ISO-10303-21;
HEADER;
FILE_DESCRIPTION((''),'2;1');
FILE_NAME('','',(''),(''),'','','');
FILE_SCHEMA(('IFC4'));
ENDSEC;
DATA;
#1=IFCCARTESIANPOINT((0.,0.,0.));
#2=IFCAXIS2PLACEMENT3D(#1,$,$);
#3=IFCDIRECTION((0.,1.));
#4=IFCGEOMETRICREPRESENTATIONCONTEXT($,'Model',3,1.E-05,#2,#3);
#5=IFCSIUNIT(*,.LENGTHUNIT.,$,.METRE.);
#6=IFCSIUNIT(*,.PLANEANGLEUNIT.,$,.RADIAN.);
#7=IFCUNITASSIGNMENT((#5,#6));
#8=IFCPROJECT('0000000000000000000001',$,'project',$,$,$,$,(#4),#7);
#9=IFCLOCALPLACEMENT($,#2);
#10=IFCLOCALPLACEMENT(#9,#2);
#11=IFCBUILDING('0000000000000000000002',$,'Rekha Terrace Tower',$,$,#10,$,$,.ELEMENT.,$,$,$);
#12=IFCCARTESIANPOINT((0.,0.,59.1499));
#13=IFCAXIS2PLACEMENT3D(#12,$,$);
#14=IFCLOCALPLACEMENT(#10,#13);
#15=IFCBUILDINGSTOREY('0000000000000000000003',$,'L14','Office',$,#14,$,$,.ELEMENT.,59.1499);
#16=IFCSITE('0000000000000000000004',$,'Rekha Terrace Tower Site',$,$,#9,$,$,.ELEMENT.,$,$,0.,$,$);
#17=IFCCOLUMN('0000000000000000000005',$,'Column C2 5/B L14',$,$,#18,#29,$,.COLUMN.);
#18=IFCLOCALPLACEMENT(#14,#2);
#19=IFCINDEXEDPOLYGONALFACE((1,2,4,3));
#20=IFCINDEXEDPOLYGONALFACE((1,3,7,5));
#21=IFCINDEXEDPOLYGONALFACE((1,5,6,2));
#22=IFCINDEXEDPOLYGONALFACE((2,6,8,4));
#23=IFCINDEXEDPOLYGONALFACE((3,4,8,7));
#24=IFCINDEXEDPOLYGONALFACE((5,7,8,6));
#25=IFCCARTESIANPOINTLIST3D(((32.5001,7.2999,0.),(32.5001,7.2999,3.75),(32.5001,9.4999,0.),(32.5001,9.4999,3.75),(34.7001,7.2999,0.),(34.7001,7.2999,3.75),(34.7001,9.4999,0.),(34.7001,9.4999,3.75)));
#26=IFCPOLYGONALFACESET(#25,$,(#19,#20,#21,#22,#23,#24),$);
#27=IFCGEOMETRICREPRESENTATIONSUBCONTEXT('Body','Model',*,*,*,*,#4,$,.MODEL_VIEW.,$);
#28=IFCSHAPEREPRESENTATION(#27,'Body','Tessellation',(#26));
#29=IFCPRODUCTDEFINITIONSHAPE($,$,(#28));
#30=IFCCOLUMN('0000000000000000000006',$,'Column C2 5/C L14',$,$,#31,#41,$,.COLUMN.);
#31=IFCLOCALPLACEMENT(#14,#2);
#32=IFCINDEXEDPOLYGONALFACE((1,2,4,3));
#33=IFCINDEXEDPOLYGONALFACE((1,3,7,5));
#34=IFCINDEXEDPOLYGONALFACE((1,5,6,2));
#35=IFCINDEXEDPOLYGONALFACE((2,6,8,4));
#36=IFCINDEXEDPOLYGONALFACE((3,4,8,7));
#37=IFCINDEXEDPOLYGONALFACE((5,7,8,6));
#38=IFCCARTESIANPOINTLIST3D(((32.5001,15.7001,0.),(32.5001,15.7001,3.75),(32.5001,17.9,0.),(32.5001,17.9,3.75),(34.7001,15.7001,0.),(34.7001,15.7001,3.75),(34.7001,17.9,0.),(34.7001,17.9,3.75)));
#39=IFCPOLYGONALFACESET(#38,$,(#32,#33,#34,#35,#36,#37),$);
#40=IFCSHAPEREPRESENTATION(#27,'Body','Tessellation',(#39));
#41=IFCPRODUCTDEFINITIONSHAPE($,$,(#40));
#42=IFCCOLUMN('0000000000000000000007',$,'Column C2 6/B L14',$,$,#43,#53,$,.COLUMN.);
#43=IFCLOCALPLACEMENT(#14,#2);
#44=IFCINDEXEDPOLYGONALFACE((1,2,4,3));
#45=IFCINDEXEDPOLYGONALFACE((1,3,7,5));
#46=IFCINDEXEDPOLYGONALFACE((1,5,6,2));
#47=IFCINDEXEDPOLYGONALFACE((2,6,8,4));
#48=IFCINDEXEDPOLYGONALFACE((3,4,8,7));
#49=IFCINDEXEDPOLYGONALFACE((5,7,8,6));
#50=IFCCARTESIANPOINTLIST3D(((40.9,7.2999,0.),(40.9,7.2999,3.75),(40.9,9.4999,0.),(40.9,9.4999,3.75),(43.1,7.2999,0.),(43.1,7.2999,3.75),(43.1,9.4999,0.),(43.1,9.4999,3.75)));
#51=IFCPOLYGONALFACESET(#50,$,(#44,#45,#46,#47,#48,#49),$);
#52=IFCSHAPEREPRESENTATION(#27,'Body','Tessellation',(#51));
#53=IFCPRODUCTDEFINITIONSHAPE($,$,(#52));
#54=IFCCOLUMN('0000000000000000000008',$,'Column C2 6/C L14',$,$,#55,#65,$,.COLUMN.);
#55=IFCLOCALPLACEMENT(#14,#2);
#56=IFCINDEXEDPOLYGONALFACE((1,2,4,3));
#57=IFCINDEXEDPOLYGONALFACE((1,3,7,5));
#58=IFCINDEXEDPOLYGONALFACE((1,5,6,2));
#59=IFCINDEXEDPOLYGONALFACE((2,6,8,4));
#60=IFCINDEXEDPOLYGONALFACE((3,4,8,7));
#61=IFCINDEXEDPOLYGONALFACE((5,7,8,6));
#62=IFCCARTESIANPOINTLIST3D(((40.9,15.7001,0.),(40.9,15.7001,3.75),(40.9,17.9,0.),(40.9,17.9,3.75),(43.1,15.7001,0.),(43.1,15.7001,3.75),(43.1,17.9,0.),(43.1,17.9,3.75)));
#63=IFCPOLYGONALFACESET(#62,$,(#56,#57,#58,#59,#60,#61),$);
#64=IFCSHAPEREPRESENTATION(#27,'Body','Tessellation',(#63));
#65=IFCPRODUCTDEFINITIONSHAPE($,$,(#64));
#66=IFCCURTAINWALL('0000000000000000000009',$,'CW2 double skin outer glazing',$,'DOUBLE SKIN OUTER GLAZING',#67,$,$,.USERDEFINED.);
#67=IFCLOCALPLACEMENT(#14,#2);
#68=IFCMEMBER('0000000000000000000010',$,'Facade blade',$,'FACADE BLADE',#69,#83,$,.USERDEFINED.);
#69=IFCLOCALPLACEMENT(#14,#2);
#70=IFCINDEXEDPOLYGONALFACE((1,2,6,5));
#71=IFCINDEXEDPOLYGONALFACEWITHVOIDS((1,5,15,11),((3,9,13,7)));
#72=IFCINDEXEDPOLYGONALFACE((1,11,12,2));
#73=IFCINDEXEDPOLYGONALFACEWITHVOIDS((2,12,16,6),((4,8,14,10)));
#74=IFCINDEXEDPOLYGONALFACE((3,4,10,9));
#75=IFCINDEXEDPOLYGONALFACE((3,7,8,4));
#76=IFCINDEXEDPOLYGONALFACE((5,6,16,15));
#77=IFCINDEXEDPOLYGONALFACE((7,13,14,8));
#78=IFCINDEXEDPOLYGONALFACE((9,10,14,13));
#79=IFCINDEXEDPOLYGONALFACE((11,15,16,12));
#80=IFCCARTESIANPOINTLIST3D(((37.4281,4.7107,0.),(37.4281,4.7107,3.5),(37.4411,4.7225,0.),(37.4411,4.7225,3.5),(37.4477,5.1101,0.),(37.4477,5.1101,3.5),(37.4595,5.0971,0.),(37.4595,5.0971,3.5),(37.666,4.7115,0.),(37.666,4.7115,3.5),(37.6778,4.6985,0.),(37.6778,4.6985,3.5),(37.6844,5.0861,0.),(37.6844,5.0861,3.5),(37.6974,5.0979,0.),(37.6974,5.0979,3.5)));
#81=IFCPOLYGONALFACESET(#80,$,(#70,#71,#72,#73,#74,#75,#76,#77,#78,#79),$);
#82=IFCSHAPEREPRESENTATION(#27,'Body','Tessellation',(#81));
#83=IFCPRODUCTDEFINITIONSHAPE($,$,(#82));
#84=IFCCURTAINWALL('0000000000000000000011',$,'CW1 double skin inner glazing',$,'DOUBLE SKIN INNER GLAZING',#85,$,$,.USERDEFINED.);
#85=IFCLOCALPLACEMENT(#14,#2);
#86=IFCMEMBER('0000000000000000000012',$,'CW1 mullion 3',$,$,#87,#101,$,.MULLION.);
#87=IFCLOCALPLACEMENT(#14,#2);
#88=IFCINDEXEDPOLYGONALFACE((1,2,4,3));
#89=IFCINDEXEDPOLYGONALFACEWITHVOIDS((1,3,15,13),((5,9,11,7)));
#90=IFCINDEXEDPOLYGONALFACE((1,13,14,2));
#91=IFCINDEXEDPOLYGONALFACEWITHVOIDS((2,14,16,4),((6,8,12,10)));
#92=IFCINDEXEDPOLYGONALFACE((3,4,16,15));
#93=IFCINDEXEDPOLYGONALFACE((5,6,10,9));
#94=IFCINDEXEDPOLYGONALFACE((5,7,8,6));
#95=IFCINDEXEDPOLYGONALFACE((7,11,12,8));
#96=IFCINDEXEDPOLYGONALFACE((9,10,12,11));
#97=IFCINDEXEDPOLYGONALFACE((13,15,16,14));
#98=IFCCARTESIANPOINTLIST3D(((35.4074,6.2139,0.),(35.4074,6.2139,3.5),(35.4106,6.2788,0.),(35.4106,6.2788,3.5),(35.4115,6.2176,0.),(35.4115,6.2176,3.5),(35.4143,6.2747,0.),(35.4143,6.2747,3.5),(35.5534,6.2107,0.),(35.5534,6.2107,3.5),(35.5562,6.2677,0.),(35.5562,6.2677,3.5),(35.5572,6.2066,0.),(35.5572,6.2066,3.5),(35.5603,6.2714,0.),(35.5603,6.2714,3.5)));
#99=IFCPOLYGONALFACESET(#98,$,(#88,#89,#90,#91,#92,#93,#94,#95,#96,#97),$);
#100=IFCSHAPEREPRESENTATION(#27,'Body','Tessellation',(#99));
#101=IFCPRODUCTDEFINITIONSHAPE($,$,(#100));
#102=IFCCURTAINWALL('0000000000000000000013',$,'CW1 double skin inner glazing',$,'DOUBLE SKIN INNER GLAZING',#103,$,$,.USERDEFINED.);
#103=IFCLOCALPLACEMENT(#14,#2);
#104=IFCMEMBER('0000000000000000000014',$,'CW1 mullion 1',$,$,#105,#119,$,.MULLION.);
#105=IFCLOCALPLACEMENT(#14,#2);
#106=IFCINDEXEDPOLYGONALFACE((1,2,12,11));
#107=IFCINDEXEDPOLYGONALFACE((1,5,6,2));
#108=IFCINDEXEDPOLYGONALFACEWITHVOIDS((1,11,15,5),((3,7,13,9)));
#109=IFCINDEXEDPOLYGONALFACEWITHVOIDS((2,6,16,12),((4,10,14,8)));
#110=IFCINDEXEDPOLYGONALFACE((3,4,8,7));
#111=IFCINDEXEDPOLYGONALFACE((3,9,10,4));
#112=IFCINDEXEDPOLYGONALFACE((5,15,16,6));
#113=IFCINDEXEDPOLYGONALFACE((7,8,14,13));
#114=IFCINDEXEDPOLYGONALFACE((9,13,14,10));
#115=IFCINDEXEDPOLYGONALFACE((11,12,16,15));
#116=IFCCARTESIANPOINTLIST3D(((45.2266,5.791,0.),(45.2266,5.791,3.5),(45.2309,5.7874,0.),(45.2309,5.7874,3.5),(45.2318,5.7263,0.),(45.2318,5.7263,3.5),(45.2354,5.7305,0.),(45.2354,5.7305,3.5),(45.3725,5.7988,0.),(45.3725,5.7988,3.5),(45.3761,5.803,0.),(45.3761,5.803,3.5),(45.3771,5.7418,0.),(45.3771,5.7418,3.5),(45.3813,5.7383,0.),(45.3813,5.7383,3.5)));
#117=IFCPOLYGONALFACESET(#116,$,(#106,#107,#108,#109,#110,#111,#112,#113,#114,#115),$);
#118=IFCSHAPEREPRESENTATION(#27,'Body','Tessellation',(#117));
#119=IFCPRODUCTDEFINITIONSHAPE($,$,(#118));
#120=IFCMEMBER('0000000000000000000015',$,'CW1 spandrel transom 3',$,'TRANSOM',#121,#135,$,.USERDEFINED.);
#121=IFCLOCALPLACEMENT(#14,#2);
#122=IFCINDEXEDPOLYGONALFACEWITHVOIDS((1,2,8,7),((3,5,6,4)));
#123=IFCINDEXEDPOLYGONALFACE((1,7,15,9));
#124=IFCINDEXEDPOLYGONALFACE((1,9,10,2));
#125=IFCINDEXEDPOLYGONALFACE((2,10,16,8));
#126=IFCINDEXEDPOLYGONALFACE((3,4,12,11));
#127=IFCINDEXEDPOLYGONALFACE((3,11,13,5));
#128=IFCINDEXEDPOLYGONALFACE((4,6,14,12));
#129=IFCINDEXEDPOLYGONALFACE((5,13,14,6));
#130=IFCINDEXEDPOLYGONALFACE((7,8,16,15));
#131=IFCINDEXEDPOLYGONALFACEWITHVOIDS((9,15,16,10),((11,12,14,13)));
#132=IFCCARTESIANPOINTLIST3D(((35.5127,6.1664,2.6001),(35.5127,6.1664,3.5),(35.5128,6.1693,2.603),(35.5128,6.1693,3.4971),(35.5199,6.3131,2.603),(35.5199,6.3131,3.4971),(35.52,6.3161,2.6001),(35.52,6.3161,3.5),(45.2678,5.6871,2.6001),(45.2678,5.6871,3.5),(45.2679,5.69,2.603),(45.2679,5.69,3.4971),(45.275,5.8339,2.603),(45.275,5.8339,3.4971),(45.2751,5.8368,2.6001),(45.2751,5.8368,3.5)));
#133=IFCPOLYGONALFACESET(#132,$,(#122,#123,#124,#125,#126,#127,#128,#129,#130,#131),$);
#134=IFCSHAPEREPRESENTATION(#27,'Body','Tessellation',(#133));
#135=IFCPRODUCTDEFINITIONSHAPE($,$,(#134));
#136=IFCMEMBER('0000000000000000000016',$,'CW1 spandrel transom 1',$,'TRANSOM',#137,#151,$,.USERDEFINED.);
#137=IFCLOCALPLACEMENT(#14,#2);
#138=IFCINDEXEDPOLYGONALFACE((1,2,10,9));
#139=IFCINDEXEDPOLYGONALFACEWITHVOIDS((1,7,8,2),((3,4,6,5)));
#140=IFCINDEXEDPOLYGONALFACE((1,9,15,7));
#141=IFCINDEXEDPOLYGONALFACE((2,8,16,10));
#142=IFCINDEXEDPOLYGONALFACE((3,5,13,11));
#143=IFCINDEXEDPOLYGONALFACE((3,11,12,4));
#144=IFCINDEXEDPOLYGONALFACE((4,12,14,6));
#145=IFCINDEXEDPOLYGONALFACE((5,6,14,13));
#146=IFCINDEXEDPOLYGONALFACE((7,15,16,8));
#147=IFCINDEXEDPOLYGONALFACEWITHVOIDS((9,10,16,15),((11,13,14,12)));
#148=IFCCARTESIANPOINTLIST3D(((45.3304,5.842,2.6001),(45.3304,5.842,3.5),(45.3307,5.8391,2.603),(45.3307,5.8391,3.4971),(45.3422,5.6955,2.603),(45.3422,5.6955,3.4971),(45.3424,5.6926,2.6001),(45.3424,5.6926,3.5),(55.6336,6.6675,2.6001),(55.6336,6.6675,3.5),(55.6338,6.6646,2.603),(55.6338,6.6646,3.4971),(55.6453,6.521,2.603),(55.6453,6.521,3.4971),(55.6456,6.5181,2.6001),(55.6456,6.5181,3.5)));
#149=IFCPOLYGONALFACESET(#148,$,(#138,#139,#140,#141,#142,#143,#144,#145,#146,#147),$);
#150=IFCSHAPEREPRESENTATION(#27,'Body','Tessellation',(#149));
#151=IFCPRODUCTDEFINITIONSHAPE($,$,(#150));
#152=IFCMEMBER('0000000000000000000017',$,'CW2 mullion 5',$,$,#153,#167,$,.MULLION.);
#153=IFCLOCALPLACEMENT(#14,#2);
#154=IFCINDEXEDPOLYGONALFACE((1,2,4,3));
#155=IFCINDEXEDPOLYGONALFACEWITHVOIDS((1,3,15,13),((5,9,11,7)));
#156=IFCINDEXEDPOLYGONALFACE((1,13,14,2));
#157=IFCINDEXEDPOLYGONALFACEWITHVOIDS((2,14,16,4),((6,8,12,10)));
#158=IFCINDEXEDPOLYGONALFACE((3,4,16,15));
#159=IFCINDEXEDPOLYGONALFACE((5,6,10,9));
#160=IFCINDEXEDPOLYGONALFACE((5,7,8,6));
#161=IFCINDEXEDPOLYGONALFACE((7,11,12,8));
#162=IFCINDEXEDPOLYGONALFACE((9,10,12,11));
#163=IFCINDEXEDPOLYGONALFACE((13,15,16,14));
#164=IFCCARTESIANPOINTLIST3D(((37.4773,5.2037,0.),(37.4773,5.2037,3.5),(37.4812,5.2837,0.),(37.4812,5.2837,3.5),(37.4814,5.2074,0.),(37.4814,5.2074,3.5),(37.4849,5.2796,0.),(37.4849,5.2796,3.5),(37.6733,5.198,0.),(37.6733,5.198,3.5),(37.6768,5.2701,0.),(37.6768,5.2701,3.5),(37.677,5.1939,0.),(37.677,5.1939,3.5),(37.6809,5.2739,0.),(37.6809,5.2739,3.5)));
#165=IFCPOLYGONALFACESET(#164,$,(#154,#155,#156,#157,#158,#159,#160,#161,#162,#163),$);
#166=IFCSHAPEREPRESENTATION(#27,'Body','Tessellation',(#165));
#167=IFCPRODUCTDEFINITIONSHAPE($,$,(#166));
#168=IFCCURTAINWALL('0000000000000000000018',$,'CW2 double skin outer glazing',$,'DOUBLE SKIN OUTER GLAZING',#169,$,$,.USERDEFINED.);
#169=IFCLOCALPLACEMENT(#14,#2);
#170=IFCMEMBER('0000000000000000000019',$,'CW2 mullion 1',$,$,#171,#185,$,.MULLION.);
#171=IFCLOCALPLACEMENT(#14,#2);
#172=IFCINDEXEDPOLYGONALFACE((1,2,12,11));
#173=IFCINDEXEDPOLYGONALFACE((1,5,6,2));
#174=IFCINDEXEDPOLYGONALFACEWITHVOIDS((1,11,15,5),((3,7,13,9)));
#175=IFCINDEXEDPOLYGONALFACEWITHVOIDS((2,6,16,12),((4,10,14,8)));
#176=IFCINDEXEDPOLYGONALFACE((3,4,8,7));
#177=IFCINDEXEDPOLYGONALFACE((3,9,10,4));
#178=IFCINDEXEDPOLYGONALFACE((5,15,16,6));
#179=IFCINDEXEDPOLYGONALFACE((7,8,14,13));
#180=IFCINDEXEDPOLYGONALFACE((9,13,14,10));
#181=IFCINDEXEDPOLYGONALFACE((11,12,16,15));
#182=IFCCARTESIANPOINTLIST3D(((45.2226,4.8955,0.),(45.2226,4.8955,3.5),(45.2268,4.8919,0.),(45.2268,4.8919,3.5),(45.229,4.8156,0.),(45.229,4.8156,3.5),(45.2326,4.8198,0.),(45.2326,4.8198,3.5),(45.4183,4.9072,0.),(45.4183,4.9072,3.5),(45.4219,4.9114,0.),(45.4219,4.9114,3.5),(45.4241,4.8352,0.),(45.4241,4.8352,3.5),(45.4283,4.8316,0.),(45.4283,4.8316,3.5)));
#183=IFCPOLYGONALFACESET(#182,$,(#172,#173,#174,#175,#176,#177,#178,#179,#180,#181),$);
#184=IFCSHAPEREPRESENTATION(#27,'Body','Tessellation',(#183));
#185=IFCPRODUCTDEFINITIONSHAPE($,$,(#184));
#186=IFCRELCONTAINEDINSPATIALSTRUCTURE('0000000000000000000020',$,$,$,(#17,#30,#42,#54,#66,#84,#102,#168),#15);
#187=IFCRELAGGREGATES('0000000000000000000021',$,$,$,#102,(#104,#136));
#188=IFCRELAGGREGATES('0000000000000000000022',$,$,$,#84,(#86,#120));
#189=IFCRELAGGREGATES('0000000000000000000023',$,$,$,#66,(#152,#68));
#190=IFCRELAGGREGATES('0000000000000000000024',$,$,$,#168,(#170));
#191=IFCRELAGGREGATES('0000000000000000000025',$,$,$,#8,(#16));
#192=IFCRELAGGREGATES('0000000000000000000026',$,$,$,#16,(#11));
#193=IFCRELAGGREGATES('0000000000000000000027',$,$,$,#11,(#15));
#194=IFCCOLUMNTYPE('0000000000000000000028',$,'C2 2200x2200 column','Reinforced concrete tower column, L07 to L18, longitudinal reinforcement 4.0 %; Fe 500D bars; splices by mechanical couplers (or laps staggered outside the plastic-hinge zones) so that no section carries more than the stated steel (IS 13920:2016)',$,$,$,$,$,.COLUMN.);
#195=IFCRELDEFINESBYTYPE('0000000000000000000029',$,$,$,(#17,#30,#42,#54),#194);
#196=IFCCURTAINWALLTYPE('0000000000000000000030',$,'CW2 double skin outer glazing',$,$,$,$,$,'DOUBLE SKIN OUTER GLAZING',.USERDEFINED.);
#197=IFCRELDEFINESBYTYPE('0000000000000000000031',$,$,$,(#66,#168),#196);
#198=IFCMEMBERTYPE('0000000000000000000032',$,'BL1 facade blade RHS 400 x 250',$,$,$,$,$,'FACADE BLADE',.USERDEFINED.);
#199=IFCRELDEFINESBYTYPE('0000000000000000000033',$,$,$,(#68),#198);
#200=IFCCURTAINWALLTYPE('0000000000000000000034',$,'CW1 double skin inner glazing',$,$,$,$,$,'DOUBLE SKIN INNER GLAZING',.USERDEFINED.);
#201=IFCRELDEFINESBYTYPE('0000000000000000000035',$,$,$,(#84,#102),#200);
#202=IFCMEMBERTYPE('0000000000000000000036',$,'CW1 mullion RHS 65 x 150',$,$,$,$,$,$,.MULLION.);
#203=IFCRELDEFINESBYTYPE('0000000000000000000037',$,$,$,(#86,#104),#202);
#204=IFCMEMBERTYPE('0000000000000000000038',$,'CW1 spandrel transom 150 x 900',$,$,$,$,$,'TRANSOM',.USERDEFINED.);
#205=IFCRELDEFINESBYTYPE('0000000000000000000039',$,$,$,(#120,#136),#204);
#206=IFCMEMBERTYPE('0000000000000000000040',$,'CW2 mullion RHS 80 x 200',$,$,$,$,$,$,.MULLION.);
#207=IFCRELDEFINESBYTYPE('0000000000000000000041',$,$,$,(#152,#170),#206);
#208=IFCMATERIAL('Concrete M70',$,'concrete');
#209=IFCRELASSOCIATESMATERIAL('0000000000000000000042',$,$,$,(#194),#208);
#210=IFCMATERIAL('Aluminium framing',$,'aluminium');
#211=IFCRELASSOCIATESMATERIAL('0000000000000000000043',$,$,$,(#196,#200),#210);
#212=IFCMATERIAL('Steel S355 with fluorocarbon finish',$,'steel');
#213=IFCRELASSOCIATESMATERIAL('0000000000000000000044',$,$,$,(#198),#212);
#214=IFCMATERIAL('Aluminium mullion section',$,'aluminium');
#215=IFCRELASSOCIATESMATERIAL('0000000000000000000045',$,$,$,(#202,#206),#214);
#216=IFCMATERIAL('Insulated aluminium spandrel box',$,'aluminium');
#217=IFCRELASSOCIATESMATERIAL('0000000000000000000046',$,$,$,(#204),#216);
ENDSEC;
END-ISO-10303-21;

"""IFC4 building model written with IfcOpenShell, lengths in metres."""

from ifc_helpers import new_model, si_unit, direction, frame, origin, origin_2d, place, context, subcontext, project, spatial, rectangle, hollow_rectangle, extrude, material, material_profile, profile_set, type_object, element, aggregate, save


model = new_model("IFC4")

# Units and contexts
model_context = context("Model", 3, precision=1e-05, world=origin(), true_north=direction((0.0, 1.0)))
body_context = subcontext(model_context, "Body", "Model", "MODEL_VIEW")
ifc_project = project(units=[si_unit("LENGTHUNIT", "METRE"), si_unit("PLANEANGLEUNIT", "RADIAN")], contexts=[model_context])

# Site, building, storey
site_placement = place(None, origin())
site = spatial("IfcSite", under=ifc_project, at=site_placement, Name="Rekha Terrace Tower Site", CompositionType="ELEMENT", RefElevation=0.0)
building_placement = place(site_placement, origin())
building = spatial("IfcBuilding", under=site, at=building_placement, Name="Rekha Terrace Tower", CompositionType="ELEMENT")
storey_placement = place(building_placement, frame((0.0, 0.0, 59.1499)))
storey = spatial("IfcBuildingStorey", under=building, at=storey_placement, Name="L14", Description="Office", CompositionType="ELEMENT", Elevation=59.1499)

# Columns
ifc_material_1 = material(Name="Concrete M70", Category="concrete")
ifc_material_profile_1 = material_profile(ifc_material_1, rectangle(XDim=2.2, YDim=2.2, at=origin_2d()), Name="RC 2200x2200")
ifc_profile_set_1 = profile_set([ifc_material_profile_1], Name="Concrete M70")
column_type = type_object("IfcColumnType", Name="C2 2200x2200 column", Description="Reinforced concrete tower column, L07 to L18, longitudinal reinforcement 4.0 %; Fe 500D bars; splices by mechanical couplers (or laps staggered outside the plastic-hinge zones) so that no section carries more than the stated steel (IS 13920:2016)", PredefinedType="COLUMN", material=ifc_profile_set_1)
for number, where, z_axis, x_axis, name in (
    (1, (33.6001, 8.3999, 0.0), (0.0, 0.0, 1.0), (1.0, 0.0, 0.0), "Column C2 5/B L14"),
    (2, (33.6001, 16.8, 0.0), (0.0, 0.0, 1.0), (1.0, 0.0, 0.0), "Column C2 5/C L14"),
    (3, (42.0, 8.3999, 0.0), (0.0, 0.0, 1.0), (1.0, 0.0, 0.0), "Column C2 6/B L14"),
    (4, (42.0, 16.8, 0.0), (0.0, 0.0, 1.0), (1.0, 0.0, 0.0), "Column C2 6/C L14"),
):
    element("IfcColumn", number, at=place(storey_placement, frame(where, z_axis=z_axis, x_axis=x_axis)), inside=storey, type_object=column_type, Name=name, PredefinedType="COLUMN", context=body_context, shape_type="SweptSolid", body=[
        extrude(rectangle(XDim=2.2, YDim=2.2, at=origin_2d()), origin(), (0.0, 0.0, 1.0), 3.75),
    ])

# Curtain walls, members
ifc_material_2 = material(Name="Aluminium framing", Category="aluminium")
curtain_wall_type_1 = type_object("IfcCurtainWallType", Name="CW2 double skin outer glazing", ElementType="DOUBLE SKIN OUTER GLAZING", PredefinedType="USERDEFINED", material=ifc_material_2)
curtain_wall_1_placement = place(storey_placement, origin())
curtain_wall_1 = element("IfcCurtainWall", 5, at=curtain_wall_1_placement, inside=storey, type_object=curtain_wall_type_1, Name="CW2 double skin outer glazing", ObjectType="DOUBLE SKIN OUTER GLAZING", PredefinedType="USERDEFINED")
ifc_material_3 = material(Name="Steel S355 with fluorocarbon finish", Category="steel")
ifc_material_profile_2 = material_profile(ifc_material_3, hollow_rectangle(XDim=0.25, YDim=0.3999, WallThickness=0.0125, at=origin_2d()), Name="RHS400x250x12.5")
ifc_profile_set_2 = profile_set([ifc_material_profile_2], Name="Steel S355 with fluorocarbon finish")
member_type_1 = type_object("IfcMemberType", Name="BL1 facade blade RHS 400 x 250", ElementType="FACADE BLADE", PredefinedType="USERDEFINED", material=ifc_profile_set_2)
member_1_placement = place(storey_placement, frame((37.5627, 4.9043, 0.0), z_axis=(0.0, 0.0, 1.0), x_axis=(0.998796, -0.049052, 0.0)))
member_1 = element("IfcMember", 6, at=member_1_placement, type_object=member_type_1, Name="Facade blade", ObjectType="FACADE BLADE", PredefinedType="USERDEFINED", context=body_context, shape_type="SweptSolid", body=[
    extrude(hollow_rectangle(XDim=0.25, YDim=0.3999, WallThickness=0.0125, at=origin_2d()), origin(), (0.0, 0.0, 1.0), 3.5),
])
curtain_wall_type_2 = type_object("IfcCurtainWallType", Name="CW1 double skin inner glazing", ElementType="DOUBLE SKIN INNER GLAZING", PredefinedType="USERDEFINED", material=ifc_material_2)
curtain_wall_2_placement = place(storey_placement, origin())
curtain_wall_2 = element("IfcCurtainWall", 7, at=curtain_wall_2_placement, inside=storey, type_object=curtain_wall_type_2, Name="CW1 double skin inner glazing", ObjectType="DOUBLE SKIN INNER GLAZING", PredefinedType="USERDEFINED")
ifc_material_4 = material(Name="Aluminium mullion section", Category="aluminium")
ifc_material_profile_3 = material_profile(ifc_material_4, hollow_rectangle(XDim=0.0649, YDim=0.1499, WallThickness=0.0039, at=origin_2d()), Name="AL RHS 65x150")
ifc_profile_set_3 = profile_set([ifc_material_profile_3], Name="Aluminium mullion section")
member_type_2 = type_object("IfcMemberType", Name="CW1 mullion RHS 65 x 150", PredefinedType="MULLION", material=ifc_profile_set_3)
member_2_placement = place(storey_placement, frame((35.4839, 6.2427, 0.0), z_axis=(0.0, 0.0, 1.0), x_axis=(0.049052, 0.998796, 0.0)))
member_2 = element("IfcMember", 8, at=member_2_placement, type_object=member_type_2, Name="CW1 mullion 3", PredefinedType="MULLION", context=body_context, shape_type="SweptSolid", body=[
    extrude(hollow_rectangle(XDim=0.0649, YDim=0.1499, WallThickness=0.0039, at=origin_2d()), origin(), (0.0, 0.0, 1.0), 3.5),
])
curtain_wall_3_placement = place(storey_placement, origin())
curtain_wall_3 = element("IfcCurtainWall", 9, at=curtain_wall_3_placement, inside=storey, type_object=curtain_wall_type_2, Name="CW1 double skin inner glazing", ObjectType="DOUBLE SKIN INNER GLAZING", PredefinedType="USERDEFINED")
member_3_placement = place(storey_placement, frame((45.304, 5.7646, 0.0), z_axis=(0.0, 0.0, 1.0), x_axis=(-0.079872, 0.996805, 0.0)))
member_3 = element("IfcMember", 10, at=member_3_placement, type_object=member_type_2, Name="CW1 mullion 1", PredefinedType="MULLION", context=body_context, shape_type="SweptSolid", body=[
    extrude(hollow_rectangle(XDim=0.0649, YDim=0.1499, WallThickness=0.0039, at=origin_2d()), origin(), (0.0, 0.0, 1.0), 3.5),
])

# Members
ifc_material_5 = material(Name="Insulated aluminium spandrel box", Category="aluminium")
ifc_material_profile_4 = material_profile(ifc_material_5, hollow_rectangle(XDim=0.1499, YDim=0.8999, WallThickness=0.0029, at=origin_2d()), Name="AL SPANDREL BOX 150x900")
ifc_profile_set_4 = profile_set([ifc_material_profile_4], Name="Insulated aluminium spandrel box")
member_type_3 = type_object("IfcMemberType", Name="CW1 spandrel transom 150 x 900", ElementType="TRANSOM", PredefinedType="USERDEFINED", material=ifc_profile_set_4)
member_4_placement = place(storey_placement, frame((35.5164, 6.2412, 3.05), z_axis=(0.998795, -0.049069, 0.0), x_axis=(0.049069, 0.998795, 0.0)))
member_4 = element("IfcMember", 11, at=member_4_placement, type_object=member_type_3, Name="CW1 spandrel transom 3", ObjectType="TRANSOM", PredefinedType="USERDEFINED", context=body_context, shape_type="SweptSolid", body=[
    extrude(hollow_rectangle(XDim=0.1499, YDim=0.8999, WallThickness=0.0029, at=origin_2d()), origin(), (0.0, 0.0, 1.0), 9.7668),
])
member_5_placement = place(storey_placement, frame((45.3364, 5.7673, 3.05), z_axis=(0.996806, 0.079859, 0.0), x_axis=(-0.079859, 0.996806, 0.0)))
member_5 = element("IfcMember", 12, at=member_5_placement, type_object=member_type_3, Name="CW1 spandrel transom 1", ObjectType="TRANSOM", PredefinedType="USERDEFINED", context=body_context, shape_type="SweptSolid", body=[
    extrude(hollow_rectangle(XDim=0.1499, YDim=0.8999, WallThickness=0.0029, at=origin_2d()), origin(), (0.0, 0.0, 1.0), 10.3362),
])
aggregate(curtain_wall_3, [member_3, member_5])
ifc_material_profile_5 = material_profile(ifc_material_4, hollow_rectangle(XDim=0.0801, YDim=0.2, WallThickness=0.0039, at=origin_2d()), Name="AL RHS 80x200")
ifc_profile_set_5 = profile_set([ifc_material_profile_5], Name="Aluminium mullion section")
member_type_4 = type_object("IfcMemberType", Name="CW2 mullion RHS 80 x 200", PredefinedType="MULLION", material=ifc_profile_set_5)
member_6_placement = place(storey_placement, frame((37.5791, 5.2388, 0.0), z_axis=(0.0, 0.0, 1.0), x_axis=(0.049052, 0.998796, 0.0)))
member_6 = element("IfcMember", 13, at=member_6_placement, type_object=member_type_4, Name="CW2 mullion 5", PredefinedType="MULLION", context=body_context, shape_type="SweptSolid", body=[
    extrude(hollow_rectangle(XDim=0.0801, YDim=0.2, WallThickness=0.0039, at=origin_2d()), origin(), (0.0, 0.0, 1.0), 3.5),
])

# Curtain wall, member
curtain_wall_4_placement = place(storey_placement, origin())
curtain_wall_4 = element("IfcCurtainWall", 14, at=curtain_wall_4_placement, inside=storey, type_object=curtain_wall_type_1, Name="CW2 double skin outer glazing", ObjectType="DOUBLE SKIN OUTER GLAZING", PredefinedType="USERDEFINED")
member_7_placement = place(storey_placement, frame((45.3254, 4.8635, 0.0), z_axis=(0.0, 0.0, 1.0), x_axis=(-0.079872, 0.996805, 0.0)))
member_7 = element("IfcMember", 15, at=member_7_placement, type_object=member_type_4, Name="CW2 mullion 1", PredefinedType="MULLION", context=body_context, shape_type="SweptSolid", body=[
    extrude(hollow_rectangle(XDim=0.0801, YDim=0.2, WallThickness=0.0039, at=origin_2d()), origin(), (0.0, 0.0, 1.0), 3.5),
])

aggregate(curtain_wall_2, [member_2, member_4])
aggregate(curtain_wall_1, [member_6, member_1])
aggregate(curtain_wall_4, [member_7])

save(model, "model.ifc")
